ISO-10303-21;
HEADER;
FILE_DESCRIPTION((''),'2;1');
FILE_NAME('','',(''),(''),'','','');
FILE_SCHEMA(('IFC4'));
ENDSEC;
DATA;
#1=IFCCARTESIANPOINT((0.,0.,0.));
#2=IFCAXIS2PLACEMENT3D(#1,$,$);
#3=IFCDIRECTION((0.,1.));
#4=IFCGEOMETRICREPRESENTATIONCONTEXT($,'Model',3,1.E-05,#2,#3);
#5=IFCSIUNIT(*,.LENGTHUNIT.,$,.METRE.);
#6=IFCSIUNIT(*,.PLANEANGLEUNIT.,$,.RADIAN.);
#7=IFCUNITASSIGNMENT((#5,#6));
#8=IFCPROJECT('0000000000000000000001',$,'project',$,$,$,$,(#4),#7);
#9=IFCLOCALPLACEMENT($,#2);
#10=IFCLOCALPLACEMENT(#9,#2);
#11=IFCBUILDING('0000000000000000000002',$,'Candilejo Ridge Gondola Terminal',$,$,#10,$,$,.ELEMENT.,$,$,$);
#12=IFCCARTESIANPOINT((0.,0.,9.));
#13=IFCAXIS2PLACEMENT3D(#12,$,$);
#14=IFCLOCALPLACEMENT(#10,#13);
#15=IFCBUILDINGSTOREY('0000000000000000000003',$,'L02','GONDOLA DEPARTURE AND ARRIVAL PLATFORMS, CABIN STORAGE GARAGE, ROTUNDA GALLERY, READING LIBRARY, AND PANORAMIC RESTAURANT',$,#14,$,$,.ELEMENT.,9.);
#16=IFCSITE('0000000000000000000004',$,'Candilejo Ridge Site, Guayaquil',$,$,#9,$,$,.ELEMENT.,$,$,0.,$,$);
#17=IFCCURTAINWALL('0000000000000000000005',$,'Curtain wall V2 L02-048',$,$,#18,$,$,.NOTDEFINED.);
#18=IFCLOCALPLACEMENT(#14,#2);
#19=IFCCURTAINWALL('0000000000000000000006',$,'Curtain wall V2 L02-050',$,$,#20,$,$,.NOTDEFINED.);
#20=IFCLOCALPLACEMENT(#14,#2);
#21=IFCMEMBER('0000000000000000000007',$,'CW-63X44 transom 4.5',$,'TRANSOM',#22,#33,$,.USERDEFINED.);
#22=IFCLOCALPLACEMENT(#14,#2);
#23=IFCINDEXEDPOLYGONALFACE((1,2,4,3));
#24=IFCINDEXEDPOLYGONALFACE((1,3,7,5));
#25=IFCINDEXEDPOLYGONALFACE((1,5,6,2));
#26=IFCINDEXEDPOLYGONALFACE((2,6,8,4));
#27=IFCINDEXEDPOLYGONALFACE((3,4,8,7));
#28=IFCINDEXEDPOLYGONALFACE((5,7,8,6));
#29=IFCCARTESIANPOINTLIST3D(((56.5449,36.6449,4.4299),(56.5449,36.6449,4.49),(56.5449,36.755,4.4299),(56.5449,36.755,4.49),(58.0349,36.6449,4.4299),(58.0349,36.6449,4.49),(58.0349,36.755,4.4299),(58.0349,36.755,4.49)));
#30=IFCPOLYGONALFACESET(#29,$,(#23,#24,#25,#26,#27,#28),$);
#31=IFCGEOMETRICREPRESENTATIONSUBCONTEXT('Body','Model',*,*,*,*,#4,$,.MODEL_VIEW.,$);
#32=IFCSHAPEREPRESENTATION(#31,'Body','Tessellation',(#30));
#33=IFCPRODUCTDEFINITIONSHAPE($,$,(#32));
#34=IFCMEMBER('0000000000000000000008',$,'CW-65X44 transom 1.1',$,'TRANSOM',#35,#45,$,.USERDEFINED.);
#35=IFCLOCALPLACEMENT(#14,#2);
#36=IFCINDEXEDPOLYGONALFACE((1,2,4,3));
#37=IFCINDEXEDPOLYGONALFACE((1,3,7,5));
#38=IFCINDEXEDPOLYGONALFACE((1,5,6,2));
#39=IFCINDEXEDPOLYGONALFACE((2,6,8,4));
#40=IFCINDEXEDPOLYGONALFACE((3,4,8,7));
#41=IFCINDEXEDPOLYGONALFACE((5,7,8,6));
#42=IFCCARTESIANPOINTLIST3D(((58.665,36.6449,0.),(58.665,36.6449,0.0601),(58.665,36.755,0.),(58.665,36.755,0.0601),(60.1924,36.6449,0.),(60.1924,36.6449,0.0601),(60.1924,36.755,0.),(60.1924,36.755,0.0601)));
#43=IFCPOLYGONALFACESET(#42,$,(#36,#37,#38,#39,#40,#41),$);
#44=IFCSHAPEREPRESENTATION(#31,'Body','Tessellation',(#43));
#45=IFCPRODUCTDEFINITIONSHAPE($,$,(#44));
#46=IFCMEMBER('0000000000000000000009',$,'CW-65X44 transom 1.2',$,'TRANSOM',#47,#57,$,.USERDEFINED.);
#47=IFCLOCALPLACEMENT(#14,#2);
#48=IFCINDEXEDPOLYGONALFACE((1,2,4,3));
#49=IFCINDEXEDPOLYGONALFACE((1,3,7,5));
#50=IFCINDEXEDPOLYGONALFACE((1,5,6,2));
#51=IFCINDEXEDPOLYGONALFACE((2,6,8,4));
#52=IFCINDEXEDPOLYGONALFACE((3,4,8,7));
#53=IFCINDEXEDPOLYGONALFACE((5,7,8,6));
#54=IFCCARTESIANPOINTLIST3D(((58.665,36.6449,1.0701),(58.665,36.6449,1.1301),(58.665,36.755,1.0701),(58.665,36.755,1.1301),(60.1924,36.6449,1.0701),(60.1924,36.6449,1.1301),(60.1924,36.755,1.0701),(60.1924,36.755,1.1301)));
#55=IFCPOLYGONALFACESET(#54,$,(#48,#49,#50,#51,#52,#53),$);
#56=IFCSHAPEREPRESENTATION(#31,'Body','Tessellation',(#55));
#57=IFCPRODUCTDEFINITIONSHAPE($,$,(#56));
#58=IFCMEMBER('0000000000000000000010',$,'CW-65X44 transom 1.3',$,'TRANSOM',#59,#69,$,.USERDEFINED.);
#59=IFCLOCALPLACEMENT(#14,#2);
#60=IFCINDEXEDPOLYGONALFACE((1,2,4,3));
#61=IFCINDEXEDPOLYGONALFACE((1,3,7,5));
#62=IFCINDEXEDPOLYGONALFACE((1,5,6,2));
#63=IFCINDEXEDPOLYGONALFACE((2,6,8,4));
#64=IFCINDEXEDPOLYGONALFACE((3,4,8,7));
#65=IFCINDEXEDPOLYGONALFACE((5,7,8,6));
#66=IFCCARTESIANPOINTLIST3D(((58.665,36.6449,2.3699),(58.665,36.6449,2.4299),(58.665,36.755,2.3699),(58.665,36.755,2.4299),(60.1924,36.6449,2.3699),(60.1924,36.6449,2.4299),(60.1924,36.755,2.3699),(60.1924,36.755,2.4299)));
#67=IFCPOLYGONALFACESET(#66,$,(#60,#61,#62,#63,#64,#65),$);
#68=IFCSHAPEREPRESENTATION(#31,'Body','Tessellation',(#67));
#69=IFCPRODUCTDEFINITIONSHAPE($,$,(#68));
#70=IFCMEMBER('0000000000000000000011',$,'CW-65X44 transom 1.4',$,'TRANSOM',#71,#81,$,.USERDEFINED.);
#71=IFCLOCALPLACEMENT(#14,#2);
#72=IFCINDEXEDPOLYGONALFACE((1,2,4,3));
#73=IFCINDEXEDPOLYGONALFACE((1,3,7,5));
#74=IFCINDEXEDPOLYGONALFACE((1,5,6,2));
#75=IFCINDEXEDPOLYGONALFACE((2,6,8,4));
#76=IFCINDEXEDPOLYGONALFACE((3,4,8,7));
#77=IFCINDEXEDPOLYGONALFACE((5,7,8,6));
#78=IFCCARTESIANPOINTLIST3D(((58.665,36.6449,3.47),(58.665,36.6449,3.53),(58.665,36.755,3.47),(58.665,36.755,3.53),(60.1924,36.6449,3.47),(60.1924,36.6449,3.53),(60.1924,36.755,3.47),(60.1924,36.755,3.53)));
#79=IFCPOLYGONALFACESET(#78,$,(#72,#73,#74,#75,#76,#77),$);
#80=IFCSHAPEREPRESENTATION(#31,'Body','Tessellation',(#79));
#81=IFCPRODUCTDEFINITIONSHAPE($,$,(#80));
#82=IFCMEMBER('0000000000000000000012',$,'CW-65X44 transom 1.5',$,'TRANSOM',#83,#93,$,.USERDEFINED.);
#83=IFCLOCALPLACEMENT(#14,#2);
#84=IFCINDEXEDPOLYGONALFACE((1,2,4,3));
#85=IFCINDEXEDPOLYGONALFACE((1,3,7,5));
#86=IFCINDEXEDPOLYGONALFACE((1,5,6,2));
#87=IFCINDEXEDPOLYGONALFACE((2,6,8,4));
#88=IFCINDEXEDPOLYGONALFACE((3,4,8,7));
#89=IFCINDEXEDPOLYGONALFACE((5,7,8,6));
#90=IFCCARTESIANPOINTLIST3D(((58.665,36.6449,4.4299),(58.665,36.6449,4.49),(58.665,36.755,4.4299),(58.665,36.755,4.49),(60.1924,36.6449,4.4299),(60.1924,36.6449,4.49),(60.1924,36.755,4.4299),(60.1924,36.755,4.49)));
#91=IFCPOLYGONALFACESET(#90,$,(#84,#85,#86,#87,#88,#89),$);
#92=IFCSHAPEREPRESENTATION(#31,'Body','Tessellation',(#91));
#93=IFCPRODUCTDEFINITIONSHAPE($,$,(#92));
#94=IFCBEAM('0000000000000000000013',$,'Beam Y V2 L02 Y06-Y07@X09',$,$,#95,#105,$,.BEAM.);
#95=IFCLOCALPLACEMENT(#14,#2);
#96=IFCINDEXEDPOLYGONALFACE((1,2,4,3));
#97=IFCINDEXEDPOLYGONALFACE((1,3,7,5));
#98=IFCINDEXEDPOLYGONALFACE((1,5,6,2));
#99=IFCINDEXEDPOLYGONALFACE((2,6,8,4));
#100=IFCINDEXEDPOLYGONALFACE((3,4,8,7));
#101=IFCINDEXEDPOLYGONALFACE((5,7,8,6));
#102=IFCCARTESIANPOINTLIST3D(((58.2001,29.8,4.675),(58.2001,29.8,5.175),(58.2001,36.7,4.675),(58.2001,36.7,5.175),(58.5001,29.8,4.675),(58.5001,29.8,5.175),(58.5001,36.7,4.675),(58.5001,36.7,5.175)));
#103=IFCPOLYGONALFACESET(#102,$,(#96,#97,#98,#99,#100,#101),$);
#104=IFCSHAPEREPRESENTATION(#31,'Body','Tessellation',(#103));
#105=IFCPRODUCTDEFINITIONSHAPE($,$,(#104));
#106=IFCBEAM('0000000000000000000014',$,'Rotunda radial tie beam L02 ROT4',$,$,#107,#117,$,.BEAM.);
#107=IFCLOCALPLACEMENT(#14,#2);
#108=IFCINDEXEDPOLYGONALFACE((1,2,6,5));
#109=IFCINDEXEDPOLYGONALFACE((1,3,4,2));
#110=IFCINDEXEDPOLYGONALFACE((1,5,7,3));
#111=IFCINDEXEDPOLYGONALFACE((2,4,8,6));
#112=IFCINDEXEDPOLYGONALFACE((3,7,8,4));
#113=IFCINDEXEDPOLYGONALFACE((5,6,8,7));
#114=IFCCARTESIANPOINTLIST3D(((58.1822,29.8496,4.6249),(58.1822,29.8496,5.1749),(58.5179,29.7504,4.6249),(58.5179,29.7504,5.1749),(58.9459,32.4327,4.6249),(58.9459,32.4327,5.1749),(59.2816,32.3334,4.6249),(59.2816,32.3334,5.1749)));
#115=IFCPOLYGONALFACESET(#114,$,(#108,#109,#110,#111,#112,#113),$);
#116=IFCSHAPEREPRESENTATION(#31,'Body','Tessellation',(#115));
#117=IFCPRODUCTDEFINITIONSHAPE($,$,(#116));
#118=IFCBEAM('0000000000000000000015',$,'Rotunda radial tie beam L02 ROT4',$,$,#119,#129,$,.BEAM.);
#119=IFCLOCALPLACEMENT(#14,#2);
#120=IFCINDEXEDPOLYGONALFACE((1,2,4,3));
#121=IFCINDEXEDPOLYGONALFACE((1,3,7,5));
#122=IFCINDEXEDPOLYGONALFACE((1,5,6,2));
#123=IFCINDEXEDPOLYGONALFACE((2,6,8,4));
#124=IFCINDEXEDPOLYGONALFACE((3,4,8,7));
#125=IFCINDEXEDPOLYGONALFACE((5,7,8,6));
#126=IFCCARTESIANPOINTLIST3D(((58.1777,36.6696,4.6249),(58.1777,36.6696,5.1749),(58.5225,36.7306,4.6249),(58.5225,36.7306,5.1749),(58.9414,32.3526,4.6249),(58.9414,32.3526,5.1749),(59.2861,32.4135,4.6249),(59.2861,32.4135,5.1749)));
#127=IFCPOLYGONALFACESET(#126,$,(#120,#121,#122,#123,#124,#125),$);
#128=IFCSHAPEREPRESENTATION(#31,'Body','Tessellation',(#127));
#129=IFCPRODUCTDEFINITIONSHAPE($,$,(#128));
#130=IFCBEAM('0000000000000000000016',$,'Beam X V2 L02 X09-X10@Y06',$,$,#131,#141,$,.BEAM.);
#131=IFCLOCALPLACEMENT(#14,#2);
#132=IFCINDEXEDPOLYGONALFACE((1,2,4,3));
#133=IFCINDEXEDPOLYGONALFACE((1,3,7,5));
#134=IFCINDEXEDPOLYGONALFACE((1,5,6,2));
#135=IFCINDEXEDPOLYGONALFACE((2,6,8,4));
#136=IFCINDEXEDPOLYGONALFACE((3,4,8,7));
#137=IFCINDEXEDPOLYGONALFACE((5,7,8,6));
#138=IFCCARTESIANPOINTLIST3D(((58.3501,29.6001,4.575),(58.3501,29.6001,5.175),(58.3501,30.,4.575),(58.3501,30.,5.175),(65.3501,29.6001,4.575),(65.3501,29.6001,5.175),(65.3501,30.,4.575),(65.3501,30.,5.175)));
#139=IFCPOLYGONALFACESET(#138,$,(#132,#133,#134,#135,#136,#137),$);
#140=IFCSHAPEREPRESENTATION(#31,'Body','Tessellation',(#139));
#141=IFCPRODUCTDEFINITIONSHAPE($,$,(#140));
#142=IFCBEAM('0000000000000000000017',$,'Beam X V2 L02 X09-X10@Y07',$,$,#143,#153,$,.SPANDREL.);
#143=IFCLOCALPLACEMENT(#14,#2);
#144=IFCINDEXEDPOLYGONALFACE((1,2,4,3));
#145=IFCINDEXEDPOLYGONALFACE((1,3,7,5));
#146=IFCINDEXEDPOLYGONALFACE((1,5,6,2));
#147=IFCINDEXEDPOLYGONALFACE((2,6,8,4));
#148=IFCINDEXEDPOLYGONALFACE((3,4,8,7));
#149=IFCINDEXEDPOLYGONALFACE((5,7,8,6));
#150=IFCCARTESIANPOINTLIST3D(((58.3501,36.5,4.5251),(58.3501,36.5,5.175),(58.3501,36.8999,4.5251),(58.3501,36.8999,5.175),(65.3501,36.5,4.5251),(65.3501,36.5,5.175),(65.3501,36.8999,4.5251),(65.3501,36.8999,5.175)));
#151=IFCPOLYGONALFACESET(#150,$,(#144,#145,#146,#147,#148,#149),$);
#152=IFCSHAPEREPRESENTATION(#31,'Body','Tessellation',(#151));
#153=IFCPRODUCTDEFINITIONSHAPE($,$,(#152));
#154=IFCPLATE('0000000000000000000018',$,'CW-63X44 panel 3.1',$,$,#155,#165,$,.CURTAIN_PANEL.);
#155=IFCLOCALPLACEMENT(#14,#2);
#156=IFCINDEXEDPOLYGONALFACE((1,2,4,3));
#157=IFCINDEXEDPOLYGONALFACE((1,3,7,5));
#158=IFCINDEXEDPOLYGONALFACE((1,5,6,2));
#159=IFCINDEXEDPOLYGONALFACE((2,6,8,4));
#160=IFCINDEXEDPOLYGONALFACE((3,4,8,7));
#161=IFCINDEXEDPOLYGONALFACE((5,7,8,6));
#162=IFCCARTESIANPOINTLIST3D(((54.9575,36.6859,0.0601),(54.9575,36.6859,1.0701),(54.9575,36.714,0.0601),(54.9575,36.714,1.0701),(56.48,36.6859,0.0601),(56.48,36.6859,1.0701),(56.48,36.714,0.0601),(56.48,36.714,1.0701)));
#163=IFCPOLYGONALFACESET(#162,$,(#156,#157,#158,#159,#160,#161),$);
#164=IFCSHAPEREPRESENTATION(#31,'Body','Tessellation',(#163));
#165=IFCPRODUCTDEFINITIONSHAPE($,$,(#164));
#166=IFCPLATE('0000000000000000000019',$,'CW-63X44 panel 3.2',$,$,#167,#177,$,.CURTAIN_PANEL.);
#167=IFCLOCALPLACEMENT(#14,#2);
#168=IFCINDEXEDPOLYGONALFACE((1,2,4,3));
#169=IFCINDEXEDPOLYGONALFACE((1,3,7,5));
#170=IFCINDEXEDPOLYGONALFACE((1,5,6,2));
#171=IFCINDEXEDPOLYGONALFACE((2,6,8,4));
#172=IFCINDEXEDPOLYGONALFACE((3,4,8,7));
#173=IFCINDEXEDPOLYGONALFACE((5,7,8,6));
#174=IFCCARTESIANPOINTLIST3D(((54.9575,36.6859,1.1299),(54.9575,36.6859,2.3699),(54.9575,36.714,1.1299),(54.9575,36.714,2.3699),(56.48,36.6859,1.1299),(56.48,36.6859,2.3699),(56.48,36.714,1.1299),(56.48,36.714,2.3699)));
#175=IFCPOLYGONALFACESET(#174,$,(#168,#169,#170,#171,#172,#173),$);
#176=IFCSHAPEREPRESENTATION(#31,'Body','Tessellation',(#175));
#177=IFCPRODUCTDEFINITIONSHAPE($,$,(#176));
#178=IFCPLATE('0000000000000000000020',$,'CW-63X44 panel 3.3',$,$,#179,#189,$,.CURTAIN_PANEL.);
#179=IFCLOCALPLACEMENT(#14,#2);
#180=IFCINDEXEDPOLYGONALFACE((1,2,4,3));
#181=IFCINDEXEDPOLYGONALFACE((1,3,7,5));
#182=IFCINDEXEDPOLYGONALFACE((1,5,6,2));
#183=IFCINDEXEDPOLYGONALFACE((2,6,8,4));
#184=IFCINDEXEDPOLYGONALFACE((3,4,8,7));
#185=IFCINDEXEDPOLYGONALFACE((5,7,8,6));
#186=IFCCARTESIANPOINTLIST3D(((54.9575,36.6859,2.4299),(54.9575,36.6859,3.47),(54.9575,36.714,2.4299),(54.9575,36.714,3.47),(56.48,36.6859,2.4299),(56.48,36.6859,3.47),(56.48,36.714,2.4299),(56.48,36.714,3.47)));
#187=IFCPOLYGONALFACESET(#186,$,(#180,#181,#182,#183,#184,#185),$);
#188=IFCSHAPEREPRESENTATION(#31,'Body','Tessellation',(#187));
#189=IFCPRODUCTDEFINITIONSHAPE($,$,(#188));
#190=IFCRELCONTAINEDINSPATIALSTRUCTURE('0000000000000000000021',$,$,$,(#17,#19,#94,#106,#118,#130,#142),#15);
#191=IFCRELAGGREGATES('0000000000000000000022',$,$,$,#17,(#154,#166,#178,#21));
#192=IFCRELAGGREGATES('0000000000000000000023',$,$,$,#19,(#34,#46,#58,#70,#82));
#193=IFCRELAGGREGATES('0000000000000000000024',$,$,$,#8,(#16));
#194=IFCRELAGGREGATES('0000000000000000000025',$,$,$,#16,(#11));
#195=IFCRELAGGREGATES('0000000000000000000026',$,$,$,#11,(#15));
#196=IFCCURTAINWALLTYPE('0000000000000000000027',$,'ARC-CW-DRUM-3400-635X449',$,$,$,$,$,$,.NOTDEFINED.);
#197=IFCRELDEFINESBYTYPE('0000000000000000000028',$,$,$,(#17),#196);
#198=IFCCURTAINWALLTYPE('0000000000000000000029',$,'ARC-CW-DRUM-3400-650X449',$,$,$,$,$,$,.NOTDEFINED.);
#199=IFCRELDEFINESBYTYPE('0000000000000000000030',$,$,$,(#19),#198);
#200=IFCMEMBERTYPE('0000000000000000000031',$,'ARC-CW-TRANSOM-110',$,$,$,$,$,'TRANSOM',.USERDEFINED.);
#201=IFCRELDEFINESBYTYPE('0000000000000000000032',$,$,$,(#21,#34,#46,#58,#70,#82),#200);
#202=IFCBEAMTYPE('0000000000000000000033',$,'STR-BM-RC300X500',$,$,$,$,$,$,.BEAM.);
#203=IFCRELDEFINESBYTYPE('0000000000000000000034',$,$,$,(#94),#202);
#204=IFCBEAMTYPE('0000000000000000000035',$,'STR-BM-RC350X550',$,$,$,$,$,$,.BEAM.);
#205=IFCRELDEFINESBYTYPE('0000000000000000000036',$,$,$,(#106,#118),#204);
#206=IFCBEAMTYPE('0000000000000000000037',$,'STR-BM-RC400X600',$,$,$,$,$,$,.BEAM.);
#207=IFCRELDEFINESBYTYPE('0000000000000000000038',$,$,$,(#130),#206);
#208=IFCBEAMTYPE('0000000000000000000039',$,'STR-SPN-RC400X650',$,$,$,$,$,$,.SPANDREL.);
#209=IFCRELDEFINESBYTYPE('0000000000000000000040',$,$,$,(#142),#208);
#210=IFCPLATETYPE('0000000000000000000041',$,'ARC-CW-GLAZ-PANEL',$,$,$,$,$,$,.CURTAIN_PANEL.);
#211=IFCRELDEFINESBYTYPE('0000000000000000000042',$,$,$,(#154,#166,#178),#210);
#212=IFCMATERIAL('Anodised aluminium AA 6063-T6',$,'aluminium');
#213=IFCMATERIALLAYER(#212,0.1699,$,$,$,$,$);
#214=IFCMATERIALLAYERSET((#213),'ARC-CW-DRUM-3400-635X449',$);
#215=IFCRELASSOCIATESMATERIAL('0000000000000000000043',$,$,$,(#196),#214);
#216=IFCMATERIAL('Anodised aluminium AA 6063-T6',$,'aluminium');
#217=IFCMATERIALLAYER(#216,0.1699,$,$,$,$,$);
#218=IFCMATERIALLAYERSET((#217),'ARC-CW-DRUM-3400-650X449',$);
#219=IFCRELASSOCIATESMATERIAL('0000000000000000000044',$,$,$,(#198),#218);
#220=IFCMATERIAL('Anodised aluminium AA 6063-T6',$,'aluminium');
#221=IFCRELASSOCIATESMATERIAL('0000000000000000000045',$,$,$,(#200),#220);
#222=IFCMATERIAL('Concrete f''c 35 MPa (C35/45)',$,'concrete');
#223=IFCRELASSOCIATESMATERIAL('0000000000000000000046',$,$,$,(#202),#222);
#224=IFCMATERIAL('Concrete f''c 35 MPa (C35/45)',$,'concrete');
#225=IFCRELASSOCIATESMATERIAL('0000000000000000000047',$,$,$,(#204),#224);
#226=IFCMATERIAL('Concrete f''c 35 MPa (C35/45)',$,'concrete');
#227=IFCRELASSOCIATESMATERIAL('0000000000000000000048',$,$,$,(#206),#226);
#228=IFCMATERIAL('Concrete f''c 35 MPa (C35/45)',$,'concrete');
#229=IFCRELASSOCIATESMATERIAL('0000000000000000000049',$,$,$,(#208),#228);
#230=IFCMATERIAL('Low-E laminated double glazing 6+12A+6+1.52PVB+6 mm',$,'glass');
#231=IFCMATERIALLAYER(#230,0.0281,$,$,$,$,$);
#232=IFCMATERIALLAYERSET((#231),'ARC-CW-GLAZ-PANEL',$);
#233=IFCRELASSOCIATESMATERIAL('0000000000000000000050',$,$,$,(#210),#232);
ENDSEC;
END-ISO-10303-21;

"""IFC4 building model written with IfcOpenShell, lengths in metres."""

from ifc_helpers import new_model, si_unit, direction, frame, origin, origin_2d, place, context, subcontext, project, spatial, rectangle, extrude, material, layer, layer_set, material_profile, profile_set, type_object, element, aggregate, save


model = new_model("IFC4")

# Units and contexts
model_context = context("Model", 3, precision=1e-05, world=origin(), true_north=direction((0.0, 1.0)))
body_context = subcontext(model_context, "Body", "Model", "MODEL_VIEW")
ifc_project = project(units=[si_unit("LENGTHUNIT", "METRE"), si_unit("PLANEANGLEUNIT", "RADIAN")], contexts=[model_context])

# Site, building, storey
site_placement = place(None, origin())
site = spatial("IfcSite", under=ifc_project, at=site_placement, Name="Candilejo Ridge Site, Guayaquil", CompositionType="ELEMENT", RefElevation=0.0)
building_placement = place(site_placement, origin())
building = spatial("IfcBuilding", under=site, at=building_placement, Name="Candilejo Ridge Gondola Terminal", CompositionType="ELEMENT")
storey_placement = place(building_placement, frame((0.0, 0.0, 9.0)))
storey = spatial("IfcBuildingStorey", under=building, at=storey_placement, Name="L02", Description="GONDOLA DEPARTURE AND ARRIVAL PLATFORMS, CABIN STORAGE GARAGE, ROTUNDA GALLERY, READING LIBRARY, AND PANORAMIC RESTAURANT", CompositionType="ELEMENT", Elevation=9.0)

# Curtain walls
ifc_material_1 = material(Name="Anodised aluminium AA 6063-T6", Category="aluminium")
ifc_layer_1 = layer(ifc_material_1, 0.1699)
ifc_layer_set_1 = layer_set([ifc_layer_1], Name="ARC-CW-DRUM-3400-635X449")
curtain_wall_type_1 = type_object("IfcCurtainWallType", Name="ARC-CW-DRUM-3400-635X449", PredefinedType="NOTDEFINED", material=ifc_layer_set_1)
curtain_wall_1_placement = place(storey_placement, origin())
curtain_wall_1 = element("IfcCurtainWall", 1, at=curtain_wall_1_placement, inside=storey, type_object=curtain_wall_type_1, Name="Curtain wall V2 L02-048", PredefinedType="NOTDEFINED")
ifc_material_2 = material(Name="Anodised aluminium AA 6063-T6", Category="aluminium")
ifc_layer_2 = layer(ifc_material_2, 0.1699)
ifc_layer_set_2 = layer_set([ifc_layer_2], Name="ARC-CW-DRUM-3400-650X449")
curtain_wall_type_2 = type_object("IfcCurtainWallType", Name="ARC-CW-DRUM-3400-650X449", PredefinedType="NOTDEFINED", material=ifc_layer_set_2)
curtain_wall_2_placement = place(storey_placement, origin())
curtain_wall_2 = element("IfcCurtainWall", 2, at=curtain_wall_2_placement, inside=storey, type_object=curtain_wall_type_2, Name="Curtain wall V2 L02-050", PredefinedType="NOTDEFINED")

# Members
ifc_material_3 = material(Name="Anodised aluminium AA 6063-T6", Category="aluminium")
ifc_material_profile_1 = material_profile(ifc_material_3, rectangle(XDim=0.1101, YDim=0.0601, at=origin_2d()))
ifc_profile_set_1 = profile_set([ifc_material_profile_1], Name="Anodised aluminium AA 6063-T6")
member_type_1 = type_object("IfcMemberType", Name="ARC-CW-TRANSOM-110", ElementType="TRANSOM", PredefinedType="USERDEFINED", material=ifc_profile_set_1)
member_1_placement = place(storey_placement, frame((56.5449, 36.7, 4.46), z_axis=(1.0, 0.0, 0.0), x_axis=(0.0, 1.0, 0.0)))
member_1 = element("IfcMember", 3, at=member_1_placement, type_object=member_type_1, Name="CW-63X44 transom 4.5", ObjectType="TRANSOM", PredefinedType="USERDEFINED", context=body_context, shape_type="SweptSolid", body=[
    extrude(rectangle(XDim=0.1101, YDim=0.0601, at=origin_2d()), origin(), (0.0, 0.0, 1.0), 1.49),
])
member_2_placement = place(storey_placement, frame((58.665, 36.7, 0.03), z_axis=(1.0, 0.0, 0.0), x_axis=(0.0, 1.0, 0.0)))
member_2 = element("IfcMember", 4, at=member_2_placement, type_object=member_type_1, Name="CW-65X44 transom 1.1", ObjectType="TRANSOM", PredefinedType="USERDEFINED", context=body_context, shape_type="SweptSolid", body=[
    extrude(rectangle(XDim=0.1101, YDim=0.0601, at=origin_2d()), origin(), (0.0, 0.0, 1.0), 1.5273),
])
member_3_placement = place(storey_placement, frame((58.665, 36.7, 1.1001), z_axis=(1.0, 0.0, 0.0), x_axis=(0.0, 1.0, 0.0)))
member_3 = element("IfcMember", 5, at=member_3_placement, type_object=member_type_1, Name="CW-65X44 transom 1.2", ObjectType="TRANSOM", PredefinedType="USERDEFINED", context=body_context, shape_type="SweptSolid", body=[
    extrude(rectangle(XDim=0.1101, YDim=0.0601, at=origin_2d()), origin(), (0.0, 0.0, 1.0), 1.5273),
])
member_4_placement = place(storey_placement, frame((58.665, 36.7, 2.3999), z_axis=(1.0, 0.0, 0.0), x_axis=(0.0, 1.0, 0.0)))
member_4 = element("IfcMember", 6, at=member_4_placement, type_object=member_type_1, Name="CW-65X44 transom 1.3", ObjectType="TRANSOM", PredefinedType="USERDEFINED", context=body_context, shape_type="SweptSolid", body=[
    extrude(rectangle(XDim=0.1101, YDim=0.0601, at=origin_2d()), origin(), (0.0, 0.0, 1.0), 1.5273),
])
member_5_placement = place(storey_placement, frame((58.665, 36.7, 3.5), z_axis=(1.0, 0.0, 0.0), x_axis=(0.0, 1.0, 0.0)))
member_5 = element("IfcMember", 7, at=member_5_placement, type_object=member_type_1, Name="CW-65X44 transom 1.4", ObjectType="TRANSOM", PredefinedType="USERDEFINED", context=body_context, shape_type="SweptSolid", body=[
    extrude(rectangle(XDim=0.1101, YDim=0.0601, at=origin_2d()), origin(), (0.0, 0.0, 1.0), 1.5273),
])
member_6_placement = place(storey_placement, frame((58.665, 36.7, 4.46), z_axis=(1.0, 0.0, 0.0), x_axis=(0.0, 1.0, 0.0)))
member_6 = element("IfcMember", 8, at=member_6_placement, type_object=member_type_1, Name="CW-65X44 transom 1.5", ObjectType="TRANSOM", PredefinedType="USERDEFINED", context=body_context, shape_type="SweptSolid", body=[
    extrude(rectangle(XDim=0.1101, YDim=0.0601, at=origin_2d()), origin(), (0.0, 0.0, 1.0), 1.5273),
])

# Beams
ifc_material_4 = material(Name="Concrete f'c 35 MPa (C35/45)", Category="concrete")
ifc_material_profile_2 = material_profile(ifc_material_4, rectangle(XDim=0.3, YDim=0.5, at=origin_2d()))
ifc_profile_set_2 = profile_set([ifc_material_profile_2], Name="Concrete f'c 35 MPa (C35/45)")
beam_type_1 = type_object("IfcBeamType", Name="STR-BM-RC300X500", PredefinedType="BEAM", material=ifc_profile_set_2)
beam_1_placement = place(storey_placement, frame((58.3501, 29.8, 4.925), z_axis=(0.0, 1.0, 0.0), x_axis=(-1.0, 0.0, 0.0)))
element("IfcBeam", 9, at=beam_1_placement, inside=storey, type_object=beam_type_1, Name="Beam Y V2 L02 Y06-Y07@X09", PredefinedType="BEAM", context=body_context, shape_type="SweptSolid", body=[
    extrude(rectangle(XDim=0.3, YDim=0.5, at=origin_2d()), origin(), (0.0, 0.0, 1.0), 6.8999),
])
ifc_material_5 = material(Name="Concrete f'c 35 MPa (C35/45)", Category="concrete")
ifc_material_profile_3 = material_profile(ifc_material_5, rectangle(XDim=0.3501, YDim=0.55, at=origin_2d()))
ifc_profile_set_3 = profile_set([ifc_material_profile_3], Name="Concrete f'c 35 MPa (C35/45)")
beam_type_2 = type_object("IfcBeamType", Name="STR-BM-RC350X550", PredefinedType="BEAM", material=ifc_profile_set_3)
beam_2_placement = place(storey_placement, frame((59.1138, 32.3831, 4.8999), z_axis=(-0.28352, -0.958966, 0.0), x_axis=(0.958966, -0.28352, 0.0)))
element("IfcBeam", 10, at=beam_2_placement, inside=storey, type_object=beam_type_2, Name="Rotunda radial tie beam L02 ROT4", PredefinedType="BEAM", context=body_context, shape_type="SweptSolid", body=[
    extrude(rectangle(XDim=0.3501, YDim=0.55, at=origin_2d()), origin(), (0.0, 0.0, 1.0), 2.6936),
])
beam_3_placement = place(storey_placement, frame((59.1138, 32.3831, 4.8999), z_axis=(-0.174198, 0.984711, 0.0), x_axis=(-0.984711, -0.174198, 0.0)))
element("IfcBeam", 11, at=beam_3_placement, inside=storey, type_object=beam_type_2, Name="Rotunda radial tie beam L02 ROT4", PredefinedType="BEAM", context=body_context, shape_type="SweptSolid", body=[
    extrude(rectangle(XDim=0.3501, YDim=0.55, at=origin_2d()), origin(), (0.0, 0.0, 1.0), 4.384),
])
ifc_material_6 = material(Name="Concrete f'c 35 MPa (C35/45)", Category="concrete")
ifc_material_profile_4 = material_profile(ifc_material_6, rectangle(XDim=0.3999, YDim=0.6001, at=origin_2d()))
ifc_profile_set_4 = profile_set([ifc_material_profile_4], Name="Concrete f'c 35 MPa (C35/45)")
beam_type_3 = type_object("IfcBeamType", Name="STR-BM-RC400X600", PredefinedType="BEAM", material=ifc_profile_set_4)
beam_4_placement = place(storey_placement, frame((58.3501, 29.8, 4.875), z_axis=(1.0, 0.0, 0.0), x_axis=(0.0, 1.0, 0.0)))
element("IfcBeam", 12, at=beam_4_placement, inside=storey, type_object=beam_type_3, Name="Beam X V2 L02 X09-X10@Y06", PredefinedType="BEAM", context=body_context, shape_type="SweptSolid", body=[
    extrude(rectangle(XDim=0.3999, YDim=0.6001, at=origin_2d()), origin(), (0.0, 0.0, 1.0), 7.0),
])
ifc_material_7 = material(Name="Concrete f'c 35 MPa (C35/45)", Category="concrete")
ifc_material_profile_5 = material_profile(ifc_material_7, rectangle(XDim=0.3999, YDim=0.6499, at=origin_2d()))
ifc_profile_set_5 = profile_set([ifc_material_profile_5], Name="Concrete f'c 35 MPa (C35/45)")
beam_type_4 = type_object("IfcBeamType", Name="STR-SPN-RC400X650", PredefinedType="SPANDREL", material=ifc_profile_set_5)
beam_5_placement = place(storey_placement, frame((58.3501, 36.7, 4.8501), z_axis=(1.0, 0.0, 0.0), x_axis=(0.0, 1.0, 0.0)))
element("IfcBeam", 13, at=beam_5_placement, inside=storey, type_object=beam_type_4, Name="Beam X V2 L02 X09-X10@Y07", PredefinedType="SPANDREL", context=body_context, shape_type="SweptSolid", body=[
    extrude(rectangle(XDim=0.3999, YDim=0.6499, at=origin_2d()), origin(), (0.0, 0.0, 1.0), 7.0),
])

# Plates
ifc_material_8 = material(Name="Low-E laminated double glazing 6+12A+6+1.52PVB+6 mm", Category="glass")
ifc_layer_3 = layer(ifc_material_8, 0.0281)
ifc_layer_set_3 = layer_set([ifc_layer_3], Name="ARC-CW-GLAZ-PANEL")
plate_type = type_object("IfcPlateType", Name="ARC-CW-GLAZ-PANEL", PredefinedType="CURTAIN_PANEL", material=ifc_layer_set_3)
plate_1_placement = place(storey_placement, frame((55.7188, 36.7, 0.0601), z_axis=(0.0, 0.0, 1.0), x_axis=(1.0, 0.0, 0.0)))
plate_1 = element("IfcPlate", 14, at=plate_1_placement, type_object=plate_type, Name="CW-63X44 panel 3.1", PredefinedType="CURTAIN_PANEL", context=body_context, shape_type="SweptSolid", body=[
    extrude(rectangle(XDim=1.5225, YDim=0.0281, at=origin_2d()), origin(), (0.0, 0.0, 1.0), 1.01),
])
plate_2_placement = place(storey_placement, frame((55.7188, 36.7, 1.1299), z_axis=(0.0, 0.0, 1.0), x_axis=(1.0, 0.0, 0.0)))
plate_2 = element("IfcPlate", 15, at=plate_2_placement, type_object=plate_type, Name="CW-63X44 panel 3.2", PredefinedType="CURTAIN_PANEL", context=body_context, shape_type="SweptSolid", body=[
    extrude(rectangle(XDim=1.5225, YDim=0.0281, at=origin_2d()), origin(), (0.0, 0.0, 1.0), 1.24),
])
plate_3_placement = place(storey_placement, frame((55.7188, 36.7, 2.4299), z_axis=(0.0, 0.0, 1.0), x_axis=(1.0, 0.0, 0.0)))
plate_3 = element("IfcPlate", 16, at=plate_3_placement, type_object=plate_type, Name="CW-63X44 panel 3.3", PredefinedType="CURTAIN_PANEL", context=body_context, shape_type="SweptSolid", body=[
    extrude(rectangle(XDim=1.5225, YDim=0.0281, at=origin_2d()), origin(), (0.0, 0.0, 1.0), 1.04),
])
aggregate(curtain_wall_1, [plate_1, plate_2, plate_3, member_1])
aggregate(curtain_wall_2, [member_2, member_3, member_4, member_5, member_6])

save(model, "model.ifc")
